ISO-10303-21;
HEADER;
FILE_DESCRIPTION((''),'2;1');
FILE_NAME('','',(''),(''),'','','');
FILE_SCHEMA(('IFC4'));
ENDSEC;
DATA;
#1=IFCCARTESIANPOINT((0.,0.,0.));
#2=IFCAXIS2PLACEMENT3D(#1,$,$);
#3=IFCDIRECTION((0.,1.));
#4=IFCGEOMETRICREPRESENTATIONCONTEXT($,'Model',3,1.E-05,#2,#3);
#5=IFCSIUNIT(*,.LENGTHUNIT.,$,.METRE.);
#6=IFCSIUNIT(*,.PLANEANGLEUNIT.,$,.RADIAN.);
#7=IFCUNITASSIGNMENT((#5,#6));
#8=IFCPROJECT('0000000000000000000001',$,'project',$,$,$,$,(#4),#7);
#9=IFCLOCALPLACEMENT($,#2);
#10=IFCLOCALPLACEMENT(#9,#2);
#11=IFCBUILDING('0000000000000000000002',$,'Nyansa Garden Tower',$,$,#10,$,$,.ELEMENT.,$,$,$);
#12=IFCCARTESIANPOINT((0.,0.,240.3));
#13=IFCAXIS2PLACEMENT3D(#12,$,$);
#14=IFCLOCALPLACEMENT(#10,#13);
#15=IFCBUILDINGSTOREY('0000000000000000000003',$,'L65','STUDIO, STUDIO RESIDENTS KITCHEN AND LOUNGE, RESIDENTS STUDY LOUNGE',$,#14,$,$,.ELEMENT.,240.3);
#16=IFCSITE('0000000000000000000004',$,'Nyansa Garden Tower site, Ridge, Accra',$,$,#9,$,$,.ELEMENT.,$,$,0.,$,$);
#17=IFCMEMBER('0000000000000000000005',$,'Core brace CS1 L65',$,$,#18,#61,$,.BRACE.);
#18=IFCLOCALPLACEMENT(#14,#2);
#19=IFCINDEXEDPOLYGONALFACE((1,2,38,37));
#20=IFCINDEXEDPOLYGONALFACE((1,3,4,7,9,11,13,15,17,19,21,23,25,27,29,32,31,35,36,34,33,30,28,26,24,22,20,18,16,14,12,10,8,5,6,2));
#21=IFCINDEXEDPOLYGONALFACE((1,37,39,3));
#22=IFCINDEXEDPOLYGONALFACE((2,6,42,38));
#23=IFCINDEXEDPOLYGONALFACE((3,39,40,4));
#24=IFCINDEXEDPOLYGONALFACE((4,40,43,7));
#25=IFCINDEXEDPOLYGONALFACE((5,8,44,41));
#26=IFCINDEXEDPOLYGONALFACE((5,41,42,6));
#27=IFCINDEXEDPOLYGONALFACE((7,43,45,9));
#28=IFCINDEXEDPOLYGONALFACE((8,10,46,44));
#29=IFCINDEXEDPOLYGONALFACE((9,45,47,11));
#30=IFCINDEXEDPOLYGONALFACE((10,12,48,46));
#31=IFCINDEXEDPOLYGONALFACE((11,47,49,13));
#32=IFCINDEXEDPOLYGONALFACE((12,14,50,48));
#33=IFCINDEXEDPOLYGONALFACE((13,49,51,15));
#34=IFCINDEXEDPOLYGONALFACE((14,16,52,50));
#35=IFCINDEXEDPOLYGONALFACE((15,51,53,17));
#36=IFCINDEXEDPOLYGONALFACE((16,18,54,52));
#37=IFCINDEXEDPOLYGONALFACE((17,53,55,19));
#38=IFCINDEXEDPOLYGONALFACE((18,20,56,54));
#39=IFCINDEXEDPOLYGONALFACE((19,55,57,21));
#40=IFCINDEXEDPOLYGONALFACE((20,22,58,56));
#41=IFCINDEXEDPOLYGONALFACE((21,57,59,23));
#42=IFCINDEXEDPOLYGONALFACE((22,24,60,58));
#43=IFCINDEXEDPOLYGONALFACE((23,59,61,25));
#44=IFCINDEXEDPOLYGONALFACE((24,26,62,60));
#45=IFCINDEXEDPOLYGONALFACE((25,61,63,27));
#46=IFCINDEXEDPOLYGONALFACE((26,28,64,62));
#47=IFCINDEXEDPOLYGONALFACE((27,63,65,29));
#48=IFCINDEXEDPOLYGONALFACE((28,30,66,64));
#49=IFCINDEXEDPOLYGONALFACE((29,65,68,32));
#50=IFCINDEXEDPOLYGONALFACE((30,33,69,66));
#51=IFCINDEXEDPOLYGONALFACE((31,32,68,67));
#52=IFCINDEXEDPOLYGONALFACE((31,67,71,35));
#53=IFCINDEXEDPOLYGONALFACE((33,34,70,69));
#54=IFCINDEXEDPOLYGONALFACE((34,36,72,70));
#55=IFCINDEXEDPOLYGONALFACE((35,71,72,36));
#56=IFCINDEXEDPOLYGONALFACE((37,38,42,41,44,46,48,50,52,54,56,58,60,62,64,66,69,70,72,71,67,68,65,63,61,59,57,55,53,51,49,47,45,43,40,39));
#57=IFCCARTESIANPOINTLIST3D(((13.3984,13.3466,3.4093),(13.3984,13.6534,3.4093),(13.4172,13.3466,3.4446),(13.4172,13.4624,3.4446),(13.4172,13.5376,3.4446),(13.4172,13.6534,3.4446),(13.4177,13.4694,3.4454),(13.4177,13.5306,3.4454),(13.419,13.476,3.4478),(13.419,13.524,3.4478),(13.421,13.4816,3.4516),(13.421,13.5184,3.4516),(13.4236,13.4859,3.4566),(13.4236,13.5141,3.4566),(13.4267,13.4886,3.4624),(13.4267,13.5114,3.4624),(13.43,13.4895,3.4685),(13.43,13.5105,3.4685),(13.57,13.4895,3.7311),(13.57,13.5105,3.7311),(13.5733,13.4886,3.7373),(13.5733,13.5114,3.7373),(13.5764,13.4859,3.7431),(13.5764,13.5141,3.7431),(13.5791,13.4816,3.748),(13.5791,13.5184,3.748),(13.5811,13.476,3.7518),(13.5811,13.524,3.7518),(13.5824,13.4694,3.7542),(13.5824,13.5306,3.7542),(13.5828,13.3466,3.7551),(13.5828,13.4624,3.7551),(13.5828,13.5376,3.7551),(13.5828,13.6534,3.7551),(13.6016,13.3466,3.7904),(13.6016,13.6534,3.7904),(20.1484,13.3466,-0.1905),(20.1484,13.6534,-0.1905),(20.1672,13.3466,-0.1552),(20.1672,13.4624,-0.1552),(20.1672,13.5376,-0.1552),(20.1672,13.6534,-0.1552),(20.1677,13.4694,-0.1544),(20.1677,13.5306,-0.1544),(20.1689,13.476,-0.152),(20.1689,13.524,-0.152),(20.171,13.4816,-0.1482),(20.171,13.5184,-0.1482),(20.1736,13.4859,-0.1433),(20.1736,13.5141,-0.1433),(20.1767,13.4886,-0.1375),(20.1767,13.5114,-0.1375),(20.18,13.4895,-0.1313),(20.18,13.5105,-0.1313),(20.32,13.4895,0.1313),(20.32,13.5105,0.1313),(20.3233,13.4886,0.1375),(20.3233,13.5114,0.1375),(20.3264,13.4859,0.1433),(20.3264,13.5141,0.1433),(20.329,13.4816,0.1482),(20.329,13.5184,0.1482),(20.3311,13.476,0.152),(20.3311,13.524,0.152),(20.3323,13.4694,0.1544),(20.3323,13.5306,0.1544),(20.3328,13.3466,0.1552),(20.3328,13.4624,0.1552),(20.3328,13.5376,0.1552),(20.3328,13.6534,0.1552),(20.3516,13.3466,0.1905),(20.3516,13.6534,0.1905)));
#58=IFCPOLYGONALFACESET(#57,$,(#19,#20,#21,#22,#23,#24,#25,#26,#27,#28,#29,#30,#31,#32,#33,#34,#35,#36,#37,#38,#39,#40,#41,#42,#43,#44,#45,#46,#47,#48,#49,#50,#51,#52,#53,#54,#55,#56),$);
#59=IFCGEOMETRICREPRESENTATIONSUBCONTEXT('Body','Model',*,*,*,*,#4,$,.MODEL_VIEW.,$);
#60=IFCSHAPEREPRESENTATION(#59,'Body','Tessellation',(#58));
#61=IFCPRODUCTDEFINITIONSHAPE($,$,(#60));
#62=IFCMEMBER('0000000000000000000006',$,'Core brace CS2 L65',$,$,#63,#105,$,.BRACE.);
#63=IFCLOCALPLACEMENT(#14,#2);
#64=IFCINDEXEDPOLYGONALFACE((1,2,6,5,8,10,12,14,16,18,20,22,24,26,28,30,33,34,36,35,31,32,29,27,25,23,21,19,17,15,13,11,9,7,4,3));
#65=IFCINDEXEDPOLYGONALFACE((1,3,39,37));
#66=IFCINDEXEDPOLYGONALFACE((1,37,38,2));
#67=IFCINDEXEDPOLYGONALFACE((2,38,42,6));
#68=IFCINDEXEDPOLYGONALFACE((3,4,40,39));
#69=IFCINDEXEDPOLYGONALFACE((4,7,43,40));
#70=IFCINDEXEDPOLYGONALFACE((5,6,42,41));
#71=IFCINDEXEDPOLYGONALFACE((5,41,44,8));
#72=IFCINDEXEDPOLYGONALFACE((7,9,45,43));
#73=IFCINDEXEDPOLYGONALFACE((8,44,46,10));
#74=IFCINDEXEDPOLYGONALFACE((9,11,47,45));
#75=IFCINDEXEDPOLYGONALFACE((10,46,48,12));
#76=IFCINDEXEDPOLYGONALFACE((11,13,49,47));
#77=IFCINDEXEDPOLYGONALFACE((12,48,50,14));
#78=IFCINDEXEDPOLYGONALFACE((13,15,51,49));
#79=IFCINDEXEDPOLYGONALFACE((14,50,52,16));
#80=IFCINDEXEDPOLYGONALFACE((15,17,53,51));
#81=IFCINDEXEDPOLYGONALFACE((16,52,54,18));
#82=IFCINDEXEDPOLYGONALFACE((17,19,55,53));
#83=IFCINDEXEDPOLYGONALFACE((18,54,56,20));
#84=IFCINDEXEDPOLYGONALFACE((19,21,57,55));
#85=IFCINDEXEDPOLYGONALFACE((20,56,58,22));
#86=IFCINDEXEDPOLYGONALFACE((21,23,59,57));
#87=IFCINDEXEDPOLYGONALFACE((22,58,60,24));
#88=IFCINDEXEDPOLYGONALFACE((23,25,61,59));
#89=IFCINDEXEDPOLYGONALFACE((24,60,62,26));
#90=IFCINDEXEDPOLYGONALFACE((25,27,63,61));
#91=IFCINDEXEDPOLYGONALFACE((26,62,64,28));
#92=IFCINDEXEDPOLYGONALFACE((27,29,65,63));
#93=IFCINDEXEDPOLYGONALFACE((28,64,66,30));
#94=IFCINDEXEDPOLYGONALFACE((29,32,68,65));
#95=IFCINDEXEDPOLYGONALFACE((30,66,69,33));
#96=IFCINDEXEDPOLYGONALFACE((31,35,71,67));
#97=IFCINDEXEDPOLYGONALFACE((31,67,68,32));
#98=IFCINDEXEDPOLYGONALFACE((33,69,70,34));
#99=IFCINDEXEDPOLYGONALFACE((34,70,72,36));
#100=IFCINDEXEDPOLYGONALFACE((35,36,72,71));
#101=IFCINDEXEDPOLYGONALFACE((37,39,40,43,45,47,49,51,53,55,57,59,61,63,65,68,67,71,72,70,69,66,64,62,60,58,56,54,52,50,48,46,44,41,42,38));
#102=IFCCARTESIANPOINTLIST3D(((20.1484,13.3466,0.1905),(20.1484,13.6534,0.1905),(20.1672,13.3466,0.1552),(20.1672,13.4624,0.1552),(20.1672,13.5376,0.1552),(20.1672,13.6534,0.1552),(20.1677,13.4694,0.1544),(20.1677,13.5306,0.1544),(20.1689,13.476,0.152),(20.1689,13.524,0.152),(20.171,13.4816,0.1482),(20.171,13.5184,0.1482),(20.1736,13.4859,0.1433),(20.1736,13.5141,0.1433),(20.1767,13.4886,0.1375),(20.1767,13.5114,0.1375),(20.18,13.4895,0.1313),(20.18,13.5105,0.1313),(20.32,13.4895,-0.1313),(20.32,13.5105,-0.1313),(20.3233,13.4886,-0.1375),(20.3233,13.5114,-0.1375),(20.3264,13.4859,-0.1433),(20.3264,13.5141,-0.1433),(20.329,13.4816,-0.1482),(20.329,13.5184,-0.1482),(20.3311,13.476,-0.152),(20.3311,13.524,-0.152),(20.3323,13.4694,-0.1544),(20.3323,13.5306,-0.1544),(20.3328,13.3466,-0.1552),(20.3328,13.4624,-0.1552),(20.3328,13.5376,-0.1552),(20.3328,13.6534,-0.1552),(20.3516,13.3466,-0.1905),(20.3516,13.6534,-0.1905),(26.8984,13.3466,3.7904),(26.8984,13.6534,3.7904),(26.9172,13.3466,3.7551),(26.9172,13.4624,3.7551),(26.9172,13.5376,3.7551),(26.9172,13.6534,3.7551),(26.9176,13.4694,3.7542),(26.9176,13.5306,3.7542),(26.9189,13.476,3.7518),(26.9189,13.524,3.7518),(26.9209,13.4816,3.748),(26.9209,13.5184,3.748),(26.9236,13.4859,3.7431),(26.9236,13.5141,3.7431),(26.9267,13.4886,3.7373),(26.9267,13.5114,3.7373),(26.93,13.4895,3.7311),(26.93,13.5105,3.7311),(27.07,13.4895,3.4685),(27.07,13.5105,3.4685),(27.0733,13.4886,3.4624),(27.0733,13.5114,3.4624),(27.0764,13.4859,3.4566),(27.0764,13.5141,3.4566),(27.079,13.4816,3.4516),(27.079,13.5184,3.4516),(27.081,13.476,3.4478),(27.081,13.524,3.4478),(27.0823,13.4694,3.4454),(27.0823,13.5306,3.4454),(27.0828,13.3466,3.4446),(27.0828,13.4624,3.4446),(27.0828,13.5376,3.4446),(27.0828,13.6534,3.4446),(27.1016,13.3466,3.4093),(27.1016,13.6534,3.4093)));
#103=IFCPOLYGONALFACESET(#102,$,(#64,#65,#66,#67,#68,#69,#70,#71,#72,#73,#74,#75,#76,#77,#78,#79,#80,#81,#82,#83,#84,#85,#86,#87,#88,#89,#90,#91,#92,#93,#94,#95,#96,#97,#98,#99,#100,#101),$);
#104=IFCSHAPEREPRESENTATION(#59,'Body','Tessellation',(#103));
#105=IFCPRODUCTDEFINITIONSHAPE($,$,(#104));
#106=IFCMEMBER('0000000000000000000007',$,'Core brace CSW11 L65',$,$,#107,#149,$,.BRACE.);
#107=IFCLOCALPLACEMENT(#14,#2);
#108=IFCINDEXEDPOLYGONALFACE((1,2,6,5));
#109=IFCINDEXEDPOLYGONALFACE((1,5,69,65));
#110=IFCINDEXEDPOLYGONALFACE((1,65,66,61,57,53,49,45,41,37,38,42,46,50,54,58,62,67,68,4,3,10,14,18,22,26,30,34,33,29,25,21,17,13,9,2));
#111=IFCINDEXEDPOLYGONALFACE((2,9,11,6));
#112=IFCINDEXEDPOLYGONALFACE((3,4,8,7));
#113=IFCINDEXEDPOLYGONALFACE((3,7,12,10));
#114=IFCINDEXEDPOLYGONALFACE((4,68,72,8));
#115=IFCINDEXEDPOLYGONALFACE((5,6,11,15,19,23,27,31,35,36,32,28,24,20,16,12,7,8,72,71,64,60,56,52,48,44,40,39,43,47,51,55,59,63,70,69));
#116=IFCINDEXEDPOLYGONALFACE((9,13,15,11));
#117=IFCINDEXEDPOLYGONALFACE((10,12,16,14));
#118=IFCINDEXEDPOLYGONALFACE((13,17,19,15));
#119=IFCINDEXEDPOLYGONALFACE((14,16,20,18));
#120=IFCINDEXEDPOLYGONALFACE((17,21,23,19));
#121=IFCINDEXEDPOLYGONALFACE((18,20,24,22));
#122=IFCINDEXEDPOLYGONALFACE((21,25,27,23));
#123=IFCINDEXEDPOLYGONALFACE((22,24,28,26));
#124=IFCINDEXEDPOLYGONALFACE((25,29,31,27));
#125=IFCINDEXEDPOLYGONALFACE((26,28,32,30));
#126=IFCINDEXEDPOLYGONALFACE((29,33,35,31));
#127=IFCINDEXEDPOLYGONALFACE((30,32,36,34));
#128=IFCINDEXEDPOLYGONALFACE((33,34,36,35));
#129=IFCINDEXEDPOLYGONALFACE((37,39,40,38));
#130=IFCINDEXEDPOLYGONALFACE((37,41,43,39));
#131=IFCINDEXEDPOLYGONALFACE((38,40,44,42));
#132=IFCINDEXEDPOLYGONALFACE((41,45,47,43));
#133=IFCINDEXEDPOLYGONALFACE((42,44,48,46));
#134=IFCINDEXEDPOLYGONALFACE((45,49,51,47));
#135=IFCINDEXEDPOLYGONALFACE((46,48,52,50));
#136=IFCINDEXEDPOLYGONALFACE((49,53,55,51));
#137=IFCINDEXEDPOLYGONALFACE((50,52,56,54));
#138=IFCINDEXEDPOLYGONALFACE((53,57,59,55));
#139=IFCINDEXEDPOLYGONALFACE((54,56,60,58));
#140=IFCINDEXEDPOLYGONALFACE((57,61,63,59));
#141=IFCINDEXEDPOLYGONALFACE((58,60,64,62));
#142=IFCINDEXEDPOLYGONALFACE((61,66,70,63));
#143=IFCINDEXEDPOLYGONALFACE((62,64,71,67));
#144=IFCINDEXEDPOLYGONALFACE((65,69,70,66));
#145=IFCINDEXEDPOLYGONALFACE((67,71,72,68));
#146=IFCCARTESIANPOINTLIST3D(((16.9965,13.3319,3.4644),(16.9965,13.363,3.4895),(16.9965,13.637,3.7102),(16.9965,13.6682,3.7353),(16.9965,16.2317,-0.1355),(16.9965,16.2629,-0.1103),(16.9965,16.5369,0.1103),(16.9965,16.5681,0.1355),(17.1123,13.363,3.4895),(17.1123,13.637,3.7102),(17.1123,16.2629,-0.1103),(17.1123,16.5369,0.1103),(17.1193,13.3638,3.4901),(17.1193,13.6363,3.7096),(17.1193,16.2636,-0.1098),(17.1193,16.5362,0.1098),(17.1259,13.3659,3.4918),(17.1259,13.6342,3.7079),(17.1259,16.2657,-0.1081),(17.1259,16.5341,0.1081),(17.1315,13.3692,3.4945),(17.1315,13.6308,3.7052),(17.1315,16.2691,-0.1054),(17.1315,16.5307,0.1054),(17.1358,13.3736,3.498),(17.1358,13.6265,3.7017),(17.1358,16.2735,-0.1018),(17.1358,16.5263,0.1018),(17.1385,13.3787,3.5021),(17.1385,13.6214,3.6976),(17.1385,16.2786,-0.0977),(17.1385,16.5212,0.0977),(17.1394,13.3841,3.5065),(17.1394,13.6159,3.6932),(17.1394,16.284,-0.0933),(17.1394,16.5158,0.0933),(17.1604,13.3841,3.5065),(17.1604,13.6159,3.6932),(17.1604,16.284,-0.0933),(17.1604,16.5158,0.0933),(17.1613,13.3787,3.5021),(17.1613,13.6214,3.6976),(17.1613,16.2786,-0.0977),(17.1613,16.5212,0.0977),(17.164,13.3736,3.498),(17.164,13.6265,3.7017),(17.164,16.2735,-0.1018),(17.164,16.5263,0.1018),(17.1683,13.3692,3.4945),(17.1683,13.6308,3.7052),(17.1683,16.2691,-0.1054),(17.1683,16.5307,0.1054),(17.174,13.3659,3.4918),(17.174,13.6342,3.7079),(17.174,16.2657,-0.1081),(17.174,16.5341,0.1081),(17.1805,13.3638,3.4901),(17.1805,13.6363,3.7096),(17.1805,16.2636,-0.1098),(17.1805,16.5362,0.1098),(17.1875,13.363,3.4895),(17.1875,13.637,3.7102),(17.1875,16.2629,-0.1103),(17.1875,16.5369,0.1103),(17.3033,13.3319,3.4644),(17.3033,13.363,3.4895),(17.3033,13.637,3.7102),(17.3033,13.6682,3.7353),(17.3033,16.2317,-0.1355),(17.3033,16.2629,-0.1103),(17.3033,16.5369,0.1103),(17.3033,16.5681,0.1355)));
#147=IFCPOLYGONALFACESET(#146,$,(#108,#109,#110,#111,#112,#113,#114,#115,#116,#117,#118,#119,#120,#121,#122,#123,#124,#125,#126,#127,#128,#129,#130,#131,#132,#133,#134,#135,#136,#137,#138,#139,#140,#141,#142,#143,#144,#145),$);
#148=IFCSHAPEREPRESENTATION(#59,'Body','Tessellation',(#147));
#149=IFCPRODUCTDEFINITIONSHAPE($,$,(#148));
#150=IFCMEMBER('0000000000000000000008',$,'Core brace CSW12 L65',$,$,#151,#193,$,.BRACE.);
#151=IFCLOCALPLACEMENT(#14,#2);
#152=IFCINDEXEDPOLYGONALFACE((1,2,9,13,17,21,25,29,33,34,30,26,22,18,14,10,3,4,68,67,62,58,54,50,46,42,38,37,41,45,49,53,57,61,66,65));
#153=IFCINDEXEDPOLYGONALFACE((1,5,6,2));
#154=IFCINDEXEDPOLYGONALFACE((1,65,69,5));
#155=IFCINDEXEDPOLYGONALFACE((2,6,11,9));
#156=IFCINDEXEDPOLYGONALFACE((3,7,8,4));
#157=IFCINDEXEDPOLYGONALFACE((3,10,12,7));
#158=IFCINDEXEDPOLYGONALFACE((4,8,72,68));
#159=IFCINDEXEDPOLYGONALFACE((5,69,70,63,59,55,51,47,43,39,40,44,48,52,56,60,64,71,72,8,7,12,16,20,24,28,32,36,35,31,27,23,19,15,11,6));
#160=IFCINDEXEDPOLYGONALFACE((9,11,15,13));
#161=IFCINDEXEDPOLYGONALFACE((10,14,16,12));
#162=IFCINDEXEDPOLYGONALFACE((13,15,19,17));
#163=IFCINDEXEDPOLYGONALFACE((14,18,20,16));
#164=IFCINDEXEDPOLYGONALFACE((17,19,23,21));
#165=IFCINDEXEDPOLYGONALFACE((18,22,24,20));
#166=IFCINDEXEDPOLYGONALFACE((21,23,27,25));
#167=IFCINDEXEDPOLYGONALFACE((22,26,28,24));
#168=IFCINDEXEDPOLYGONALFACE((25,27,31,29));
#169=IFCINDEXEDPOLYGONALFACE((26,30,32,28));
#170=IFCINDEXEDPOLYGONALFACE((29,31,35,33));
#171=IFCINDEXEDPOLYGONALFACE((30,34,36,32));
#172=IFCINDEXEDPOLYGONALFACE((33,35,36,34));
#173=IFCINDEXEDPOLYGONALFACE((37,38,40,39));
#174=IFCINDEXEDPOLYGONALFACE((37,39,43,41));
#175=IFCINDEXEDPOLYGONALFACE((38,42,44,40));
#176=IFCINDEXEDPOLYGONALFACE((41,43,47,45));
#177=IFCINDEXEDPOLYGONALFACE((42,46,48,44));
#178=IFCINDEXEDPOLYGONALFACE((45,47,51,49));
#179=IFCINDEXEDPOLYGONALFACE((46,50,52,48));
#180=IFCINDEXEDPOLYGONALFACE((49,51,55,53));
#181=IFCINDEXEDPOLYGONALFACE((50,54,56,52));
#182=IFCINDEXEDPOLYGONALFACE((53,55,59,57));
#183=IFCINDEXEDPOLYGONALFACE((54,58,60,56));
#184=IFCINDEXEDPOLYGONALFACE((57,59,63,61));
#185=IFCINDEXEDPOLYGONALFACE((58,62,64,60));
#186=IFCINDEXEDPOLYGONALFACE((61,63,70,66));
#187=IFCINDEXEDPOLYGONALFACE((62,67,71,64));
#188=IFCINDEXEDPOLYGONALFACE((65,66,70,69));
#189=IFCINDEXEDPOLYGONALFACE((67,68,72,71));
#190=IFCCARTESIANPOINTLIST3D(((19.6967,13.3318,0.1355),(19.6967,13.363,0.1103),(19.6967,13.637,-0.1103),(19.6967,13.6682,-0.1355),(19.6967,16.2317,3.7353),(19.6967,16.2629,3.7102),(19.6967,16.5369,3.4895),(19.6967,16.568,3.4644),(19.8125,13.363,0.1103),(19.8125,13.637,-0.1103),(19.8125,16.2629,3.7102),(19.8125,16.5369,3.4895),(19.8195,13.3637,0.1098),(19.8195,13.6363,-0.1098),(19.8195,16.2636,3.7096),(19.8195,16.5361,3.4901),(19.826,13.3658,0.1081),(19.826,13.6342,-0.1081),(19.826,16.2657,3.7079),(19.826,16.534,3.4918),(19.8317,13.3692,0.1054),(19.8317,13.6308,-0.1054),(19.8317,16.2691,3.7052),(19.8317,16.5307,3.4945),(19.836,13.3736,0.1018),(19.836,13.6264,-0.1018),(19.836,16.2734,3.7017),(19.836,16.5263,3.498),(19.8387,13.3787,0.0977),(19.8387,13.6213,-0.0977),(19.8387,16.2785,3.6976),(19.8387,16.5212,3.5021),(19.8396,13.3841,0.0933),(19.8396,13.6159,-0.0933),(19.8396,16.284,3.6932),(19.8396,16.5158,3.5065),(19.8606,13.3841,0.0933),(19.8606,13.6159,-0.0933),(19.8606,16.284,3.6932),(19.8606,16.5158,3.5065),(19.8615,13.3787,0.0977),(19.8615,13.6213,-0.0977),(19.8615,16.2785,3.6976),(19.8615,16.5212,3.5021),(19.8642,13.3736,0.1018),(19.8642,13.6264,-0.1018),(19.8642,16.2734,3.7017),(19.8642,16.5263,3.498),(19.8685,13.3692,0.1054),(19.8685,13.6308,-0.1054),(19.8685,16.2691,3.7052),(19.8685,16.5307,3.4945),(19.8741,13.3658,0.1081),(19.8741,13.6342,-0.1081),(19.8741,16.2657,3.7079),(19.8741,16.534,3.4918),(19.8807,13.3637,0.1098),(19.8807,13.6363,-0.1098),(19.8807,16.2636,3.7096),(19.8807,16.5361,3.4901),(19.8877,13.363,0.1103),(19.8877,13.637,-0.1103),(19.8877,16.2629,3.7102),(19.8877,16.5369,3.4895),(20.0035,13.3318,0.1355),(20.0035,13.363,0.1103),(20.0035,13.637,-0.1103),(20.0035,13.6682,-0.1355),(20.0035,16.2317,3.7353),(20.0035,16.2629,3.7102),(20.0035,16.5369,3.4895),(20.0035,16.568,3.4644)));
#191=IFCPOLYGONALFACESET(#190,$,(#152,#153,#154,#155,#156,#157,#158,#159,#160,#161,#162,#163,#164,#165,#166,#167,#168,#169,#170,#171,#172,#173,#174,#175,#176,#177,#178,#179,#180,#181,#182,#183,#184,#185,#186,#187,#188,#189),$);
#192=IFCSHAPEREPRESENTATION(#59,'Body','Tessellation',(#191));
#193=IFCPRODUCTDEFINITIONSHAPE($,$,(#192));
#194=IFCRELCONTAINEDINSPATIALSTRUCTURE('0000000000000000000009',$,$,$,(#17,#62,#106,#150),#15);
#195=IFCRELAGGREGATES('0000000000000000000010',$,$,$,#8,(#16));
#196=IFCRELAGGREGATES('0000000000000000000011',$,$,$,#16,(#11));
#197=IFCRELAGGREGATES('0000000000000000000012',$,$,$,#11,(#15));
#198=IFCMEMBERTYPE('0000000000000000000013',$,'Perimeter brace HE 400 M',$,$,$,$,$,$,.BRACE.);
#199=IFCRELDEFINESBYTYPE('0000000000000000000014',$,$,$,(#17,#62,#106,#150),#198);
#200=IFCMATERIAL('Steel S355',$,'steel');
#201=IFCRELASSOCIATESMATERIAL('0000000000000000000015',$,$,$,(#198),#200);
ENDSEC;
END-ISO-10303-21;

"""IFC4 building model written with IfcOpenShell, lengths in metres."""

from ifc_helpers import new_model, si_unit, direction, frame, origin, origin_2d, place, context, subcontext, project, spatial, i_section, extrude, material, material_profile, profile_set, type_object, element, save


model = new_model("IFC4")

# Units and contexts
model_context = context("Model", 3, precision=1e-05, world=origin(), true_north=direction((0.0, 1.0)))
body_context = subcontext(model_context, "Body", "Model", "MODEL_VIEW")
ifc_project = project(units=[si_unit("LENGTHUNIT", "METRE"), si_unit("PLANEANGLEUNIT", "RADIAN")], contexts=[model_context])

# Site, building, storey
site_placement = place(None, origin())
site = spatial("IfcSite", under=ifc_project, at=site_placement, Name="Nyansa Garden Tower site, Ridge, Accra", CompositionType="ELEMENT", RefElevation=0.0)
building_placement = place(site_placement, origin())
building = spatial("IfcBuilding", under=site, at=building_placement, Name="Nyansa Garden Tower", CompositionType="ELEMENT")
storey_placement = place(building_placement, frame((0.0, 0.0, 240.3)))
storey = spatial("IfcBuildingStorey", under=building, at=storey_placement, Name="L65", Description="STUDIO, STUDIO RESIDENTS KITCHEN AND LOUNGE, RESIDENTS STUDY LOUNGE", CompositionType="ELEMENT", Elevation=240.3)

# Members
ifc_material_1 = material(Name="Steel S355", Category="steel")
ifc_material_profile_1 = material_profile(ifc_material_1, i_section(OverallWidth=0.3069, OverallDepth=0.4319, WebThickness=0.021, FlangeThickness=0.04, FilletRadius=0.0271, at=origin_2d()), Name="HE 400 M")
ifc_profile_set_1 = profile_set([ifc_material_profile_1], Name="Steel S355")
member_type = type_object("IfcMemberType", Name="Perimeter brace HE 400 M", PredefinedType="BRACE", material=ifc_profile_set_1)
for number, where, z_axis, x_axis, name in (
    (1, (20.25, 13.5, 0.0), (-0.882361, 0.0, 0.470573), (0.0, -1.0, 0.0), "Core brace CS1 L65"),
    (2, (20.25, 13.5, 0.0), (0.882361, 0.0, 0.470573), (0.0, 1.0, 0.0), "Core brace CS2 L65"),
):
    element("IfcMember", number, at=place(storey_placement, frame(where, z_axis=z_axis, x_axis=x_axis)), inside=storey, type_object=member_type, Name=name, PredefinedType="BRACE", context=body_context, shape_type="SweptSolid", body=[
        extrude(i_section(OverallWidth=0.3069, OverallDepth=0.4319, WebThickness=0.021, FlangeThickness=0.04, FilletRadius=0.0271, at=origin_2d()), origin(), (0.0, 0.0, 1.0), 7.6499),
    ])
for number, where, z_axis, x_axis, name in (
    (3, (17.1499, 16.3999, 0.0), (0.0, -0.627332, 0.778752), (1.0, 0.0, 0.0), "Core brace CSW11 L65"),
    (4, (19.8501, 13.5, 0.0), (0.0, 0.627332, 0.778752), (-1.0, 0.0, 0.0), "Core brace CSW12 L65"),
):
    element("IfcMember", number, at=place(storey_placement, frame(where, z_axis=z_axis, x_axis=x_axis)), inside=storey, type_object=member_type, Name=name, PredefinedType="BRACE", context=body_context, shape_type="SweptSolid", body=[
        extrude(i_section(OverallWidth=0.3069, OverallDepth=0.4319, WebThickness=0.021, FlangeThickness=0.04, FilletRadius=0.0271, at=origin_2d()), origin(), (0.0, 0.0, 1.0), 4.6226),
    ])

save(model, "model.ifc")
